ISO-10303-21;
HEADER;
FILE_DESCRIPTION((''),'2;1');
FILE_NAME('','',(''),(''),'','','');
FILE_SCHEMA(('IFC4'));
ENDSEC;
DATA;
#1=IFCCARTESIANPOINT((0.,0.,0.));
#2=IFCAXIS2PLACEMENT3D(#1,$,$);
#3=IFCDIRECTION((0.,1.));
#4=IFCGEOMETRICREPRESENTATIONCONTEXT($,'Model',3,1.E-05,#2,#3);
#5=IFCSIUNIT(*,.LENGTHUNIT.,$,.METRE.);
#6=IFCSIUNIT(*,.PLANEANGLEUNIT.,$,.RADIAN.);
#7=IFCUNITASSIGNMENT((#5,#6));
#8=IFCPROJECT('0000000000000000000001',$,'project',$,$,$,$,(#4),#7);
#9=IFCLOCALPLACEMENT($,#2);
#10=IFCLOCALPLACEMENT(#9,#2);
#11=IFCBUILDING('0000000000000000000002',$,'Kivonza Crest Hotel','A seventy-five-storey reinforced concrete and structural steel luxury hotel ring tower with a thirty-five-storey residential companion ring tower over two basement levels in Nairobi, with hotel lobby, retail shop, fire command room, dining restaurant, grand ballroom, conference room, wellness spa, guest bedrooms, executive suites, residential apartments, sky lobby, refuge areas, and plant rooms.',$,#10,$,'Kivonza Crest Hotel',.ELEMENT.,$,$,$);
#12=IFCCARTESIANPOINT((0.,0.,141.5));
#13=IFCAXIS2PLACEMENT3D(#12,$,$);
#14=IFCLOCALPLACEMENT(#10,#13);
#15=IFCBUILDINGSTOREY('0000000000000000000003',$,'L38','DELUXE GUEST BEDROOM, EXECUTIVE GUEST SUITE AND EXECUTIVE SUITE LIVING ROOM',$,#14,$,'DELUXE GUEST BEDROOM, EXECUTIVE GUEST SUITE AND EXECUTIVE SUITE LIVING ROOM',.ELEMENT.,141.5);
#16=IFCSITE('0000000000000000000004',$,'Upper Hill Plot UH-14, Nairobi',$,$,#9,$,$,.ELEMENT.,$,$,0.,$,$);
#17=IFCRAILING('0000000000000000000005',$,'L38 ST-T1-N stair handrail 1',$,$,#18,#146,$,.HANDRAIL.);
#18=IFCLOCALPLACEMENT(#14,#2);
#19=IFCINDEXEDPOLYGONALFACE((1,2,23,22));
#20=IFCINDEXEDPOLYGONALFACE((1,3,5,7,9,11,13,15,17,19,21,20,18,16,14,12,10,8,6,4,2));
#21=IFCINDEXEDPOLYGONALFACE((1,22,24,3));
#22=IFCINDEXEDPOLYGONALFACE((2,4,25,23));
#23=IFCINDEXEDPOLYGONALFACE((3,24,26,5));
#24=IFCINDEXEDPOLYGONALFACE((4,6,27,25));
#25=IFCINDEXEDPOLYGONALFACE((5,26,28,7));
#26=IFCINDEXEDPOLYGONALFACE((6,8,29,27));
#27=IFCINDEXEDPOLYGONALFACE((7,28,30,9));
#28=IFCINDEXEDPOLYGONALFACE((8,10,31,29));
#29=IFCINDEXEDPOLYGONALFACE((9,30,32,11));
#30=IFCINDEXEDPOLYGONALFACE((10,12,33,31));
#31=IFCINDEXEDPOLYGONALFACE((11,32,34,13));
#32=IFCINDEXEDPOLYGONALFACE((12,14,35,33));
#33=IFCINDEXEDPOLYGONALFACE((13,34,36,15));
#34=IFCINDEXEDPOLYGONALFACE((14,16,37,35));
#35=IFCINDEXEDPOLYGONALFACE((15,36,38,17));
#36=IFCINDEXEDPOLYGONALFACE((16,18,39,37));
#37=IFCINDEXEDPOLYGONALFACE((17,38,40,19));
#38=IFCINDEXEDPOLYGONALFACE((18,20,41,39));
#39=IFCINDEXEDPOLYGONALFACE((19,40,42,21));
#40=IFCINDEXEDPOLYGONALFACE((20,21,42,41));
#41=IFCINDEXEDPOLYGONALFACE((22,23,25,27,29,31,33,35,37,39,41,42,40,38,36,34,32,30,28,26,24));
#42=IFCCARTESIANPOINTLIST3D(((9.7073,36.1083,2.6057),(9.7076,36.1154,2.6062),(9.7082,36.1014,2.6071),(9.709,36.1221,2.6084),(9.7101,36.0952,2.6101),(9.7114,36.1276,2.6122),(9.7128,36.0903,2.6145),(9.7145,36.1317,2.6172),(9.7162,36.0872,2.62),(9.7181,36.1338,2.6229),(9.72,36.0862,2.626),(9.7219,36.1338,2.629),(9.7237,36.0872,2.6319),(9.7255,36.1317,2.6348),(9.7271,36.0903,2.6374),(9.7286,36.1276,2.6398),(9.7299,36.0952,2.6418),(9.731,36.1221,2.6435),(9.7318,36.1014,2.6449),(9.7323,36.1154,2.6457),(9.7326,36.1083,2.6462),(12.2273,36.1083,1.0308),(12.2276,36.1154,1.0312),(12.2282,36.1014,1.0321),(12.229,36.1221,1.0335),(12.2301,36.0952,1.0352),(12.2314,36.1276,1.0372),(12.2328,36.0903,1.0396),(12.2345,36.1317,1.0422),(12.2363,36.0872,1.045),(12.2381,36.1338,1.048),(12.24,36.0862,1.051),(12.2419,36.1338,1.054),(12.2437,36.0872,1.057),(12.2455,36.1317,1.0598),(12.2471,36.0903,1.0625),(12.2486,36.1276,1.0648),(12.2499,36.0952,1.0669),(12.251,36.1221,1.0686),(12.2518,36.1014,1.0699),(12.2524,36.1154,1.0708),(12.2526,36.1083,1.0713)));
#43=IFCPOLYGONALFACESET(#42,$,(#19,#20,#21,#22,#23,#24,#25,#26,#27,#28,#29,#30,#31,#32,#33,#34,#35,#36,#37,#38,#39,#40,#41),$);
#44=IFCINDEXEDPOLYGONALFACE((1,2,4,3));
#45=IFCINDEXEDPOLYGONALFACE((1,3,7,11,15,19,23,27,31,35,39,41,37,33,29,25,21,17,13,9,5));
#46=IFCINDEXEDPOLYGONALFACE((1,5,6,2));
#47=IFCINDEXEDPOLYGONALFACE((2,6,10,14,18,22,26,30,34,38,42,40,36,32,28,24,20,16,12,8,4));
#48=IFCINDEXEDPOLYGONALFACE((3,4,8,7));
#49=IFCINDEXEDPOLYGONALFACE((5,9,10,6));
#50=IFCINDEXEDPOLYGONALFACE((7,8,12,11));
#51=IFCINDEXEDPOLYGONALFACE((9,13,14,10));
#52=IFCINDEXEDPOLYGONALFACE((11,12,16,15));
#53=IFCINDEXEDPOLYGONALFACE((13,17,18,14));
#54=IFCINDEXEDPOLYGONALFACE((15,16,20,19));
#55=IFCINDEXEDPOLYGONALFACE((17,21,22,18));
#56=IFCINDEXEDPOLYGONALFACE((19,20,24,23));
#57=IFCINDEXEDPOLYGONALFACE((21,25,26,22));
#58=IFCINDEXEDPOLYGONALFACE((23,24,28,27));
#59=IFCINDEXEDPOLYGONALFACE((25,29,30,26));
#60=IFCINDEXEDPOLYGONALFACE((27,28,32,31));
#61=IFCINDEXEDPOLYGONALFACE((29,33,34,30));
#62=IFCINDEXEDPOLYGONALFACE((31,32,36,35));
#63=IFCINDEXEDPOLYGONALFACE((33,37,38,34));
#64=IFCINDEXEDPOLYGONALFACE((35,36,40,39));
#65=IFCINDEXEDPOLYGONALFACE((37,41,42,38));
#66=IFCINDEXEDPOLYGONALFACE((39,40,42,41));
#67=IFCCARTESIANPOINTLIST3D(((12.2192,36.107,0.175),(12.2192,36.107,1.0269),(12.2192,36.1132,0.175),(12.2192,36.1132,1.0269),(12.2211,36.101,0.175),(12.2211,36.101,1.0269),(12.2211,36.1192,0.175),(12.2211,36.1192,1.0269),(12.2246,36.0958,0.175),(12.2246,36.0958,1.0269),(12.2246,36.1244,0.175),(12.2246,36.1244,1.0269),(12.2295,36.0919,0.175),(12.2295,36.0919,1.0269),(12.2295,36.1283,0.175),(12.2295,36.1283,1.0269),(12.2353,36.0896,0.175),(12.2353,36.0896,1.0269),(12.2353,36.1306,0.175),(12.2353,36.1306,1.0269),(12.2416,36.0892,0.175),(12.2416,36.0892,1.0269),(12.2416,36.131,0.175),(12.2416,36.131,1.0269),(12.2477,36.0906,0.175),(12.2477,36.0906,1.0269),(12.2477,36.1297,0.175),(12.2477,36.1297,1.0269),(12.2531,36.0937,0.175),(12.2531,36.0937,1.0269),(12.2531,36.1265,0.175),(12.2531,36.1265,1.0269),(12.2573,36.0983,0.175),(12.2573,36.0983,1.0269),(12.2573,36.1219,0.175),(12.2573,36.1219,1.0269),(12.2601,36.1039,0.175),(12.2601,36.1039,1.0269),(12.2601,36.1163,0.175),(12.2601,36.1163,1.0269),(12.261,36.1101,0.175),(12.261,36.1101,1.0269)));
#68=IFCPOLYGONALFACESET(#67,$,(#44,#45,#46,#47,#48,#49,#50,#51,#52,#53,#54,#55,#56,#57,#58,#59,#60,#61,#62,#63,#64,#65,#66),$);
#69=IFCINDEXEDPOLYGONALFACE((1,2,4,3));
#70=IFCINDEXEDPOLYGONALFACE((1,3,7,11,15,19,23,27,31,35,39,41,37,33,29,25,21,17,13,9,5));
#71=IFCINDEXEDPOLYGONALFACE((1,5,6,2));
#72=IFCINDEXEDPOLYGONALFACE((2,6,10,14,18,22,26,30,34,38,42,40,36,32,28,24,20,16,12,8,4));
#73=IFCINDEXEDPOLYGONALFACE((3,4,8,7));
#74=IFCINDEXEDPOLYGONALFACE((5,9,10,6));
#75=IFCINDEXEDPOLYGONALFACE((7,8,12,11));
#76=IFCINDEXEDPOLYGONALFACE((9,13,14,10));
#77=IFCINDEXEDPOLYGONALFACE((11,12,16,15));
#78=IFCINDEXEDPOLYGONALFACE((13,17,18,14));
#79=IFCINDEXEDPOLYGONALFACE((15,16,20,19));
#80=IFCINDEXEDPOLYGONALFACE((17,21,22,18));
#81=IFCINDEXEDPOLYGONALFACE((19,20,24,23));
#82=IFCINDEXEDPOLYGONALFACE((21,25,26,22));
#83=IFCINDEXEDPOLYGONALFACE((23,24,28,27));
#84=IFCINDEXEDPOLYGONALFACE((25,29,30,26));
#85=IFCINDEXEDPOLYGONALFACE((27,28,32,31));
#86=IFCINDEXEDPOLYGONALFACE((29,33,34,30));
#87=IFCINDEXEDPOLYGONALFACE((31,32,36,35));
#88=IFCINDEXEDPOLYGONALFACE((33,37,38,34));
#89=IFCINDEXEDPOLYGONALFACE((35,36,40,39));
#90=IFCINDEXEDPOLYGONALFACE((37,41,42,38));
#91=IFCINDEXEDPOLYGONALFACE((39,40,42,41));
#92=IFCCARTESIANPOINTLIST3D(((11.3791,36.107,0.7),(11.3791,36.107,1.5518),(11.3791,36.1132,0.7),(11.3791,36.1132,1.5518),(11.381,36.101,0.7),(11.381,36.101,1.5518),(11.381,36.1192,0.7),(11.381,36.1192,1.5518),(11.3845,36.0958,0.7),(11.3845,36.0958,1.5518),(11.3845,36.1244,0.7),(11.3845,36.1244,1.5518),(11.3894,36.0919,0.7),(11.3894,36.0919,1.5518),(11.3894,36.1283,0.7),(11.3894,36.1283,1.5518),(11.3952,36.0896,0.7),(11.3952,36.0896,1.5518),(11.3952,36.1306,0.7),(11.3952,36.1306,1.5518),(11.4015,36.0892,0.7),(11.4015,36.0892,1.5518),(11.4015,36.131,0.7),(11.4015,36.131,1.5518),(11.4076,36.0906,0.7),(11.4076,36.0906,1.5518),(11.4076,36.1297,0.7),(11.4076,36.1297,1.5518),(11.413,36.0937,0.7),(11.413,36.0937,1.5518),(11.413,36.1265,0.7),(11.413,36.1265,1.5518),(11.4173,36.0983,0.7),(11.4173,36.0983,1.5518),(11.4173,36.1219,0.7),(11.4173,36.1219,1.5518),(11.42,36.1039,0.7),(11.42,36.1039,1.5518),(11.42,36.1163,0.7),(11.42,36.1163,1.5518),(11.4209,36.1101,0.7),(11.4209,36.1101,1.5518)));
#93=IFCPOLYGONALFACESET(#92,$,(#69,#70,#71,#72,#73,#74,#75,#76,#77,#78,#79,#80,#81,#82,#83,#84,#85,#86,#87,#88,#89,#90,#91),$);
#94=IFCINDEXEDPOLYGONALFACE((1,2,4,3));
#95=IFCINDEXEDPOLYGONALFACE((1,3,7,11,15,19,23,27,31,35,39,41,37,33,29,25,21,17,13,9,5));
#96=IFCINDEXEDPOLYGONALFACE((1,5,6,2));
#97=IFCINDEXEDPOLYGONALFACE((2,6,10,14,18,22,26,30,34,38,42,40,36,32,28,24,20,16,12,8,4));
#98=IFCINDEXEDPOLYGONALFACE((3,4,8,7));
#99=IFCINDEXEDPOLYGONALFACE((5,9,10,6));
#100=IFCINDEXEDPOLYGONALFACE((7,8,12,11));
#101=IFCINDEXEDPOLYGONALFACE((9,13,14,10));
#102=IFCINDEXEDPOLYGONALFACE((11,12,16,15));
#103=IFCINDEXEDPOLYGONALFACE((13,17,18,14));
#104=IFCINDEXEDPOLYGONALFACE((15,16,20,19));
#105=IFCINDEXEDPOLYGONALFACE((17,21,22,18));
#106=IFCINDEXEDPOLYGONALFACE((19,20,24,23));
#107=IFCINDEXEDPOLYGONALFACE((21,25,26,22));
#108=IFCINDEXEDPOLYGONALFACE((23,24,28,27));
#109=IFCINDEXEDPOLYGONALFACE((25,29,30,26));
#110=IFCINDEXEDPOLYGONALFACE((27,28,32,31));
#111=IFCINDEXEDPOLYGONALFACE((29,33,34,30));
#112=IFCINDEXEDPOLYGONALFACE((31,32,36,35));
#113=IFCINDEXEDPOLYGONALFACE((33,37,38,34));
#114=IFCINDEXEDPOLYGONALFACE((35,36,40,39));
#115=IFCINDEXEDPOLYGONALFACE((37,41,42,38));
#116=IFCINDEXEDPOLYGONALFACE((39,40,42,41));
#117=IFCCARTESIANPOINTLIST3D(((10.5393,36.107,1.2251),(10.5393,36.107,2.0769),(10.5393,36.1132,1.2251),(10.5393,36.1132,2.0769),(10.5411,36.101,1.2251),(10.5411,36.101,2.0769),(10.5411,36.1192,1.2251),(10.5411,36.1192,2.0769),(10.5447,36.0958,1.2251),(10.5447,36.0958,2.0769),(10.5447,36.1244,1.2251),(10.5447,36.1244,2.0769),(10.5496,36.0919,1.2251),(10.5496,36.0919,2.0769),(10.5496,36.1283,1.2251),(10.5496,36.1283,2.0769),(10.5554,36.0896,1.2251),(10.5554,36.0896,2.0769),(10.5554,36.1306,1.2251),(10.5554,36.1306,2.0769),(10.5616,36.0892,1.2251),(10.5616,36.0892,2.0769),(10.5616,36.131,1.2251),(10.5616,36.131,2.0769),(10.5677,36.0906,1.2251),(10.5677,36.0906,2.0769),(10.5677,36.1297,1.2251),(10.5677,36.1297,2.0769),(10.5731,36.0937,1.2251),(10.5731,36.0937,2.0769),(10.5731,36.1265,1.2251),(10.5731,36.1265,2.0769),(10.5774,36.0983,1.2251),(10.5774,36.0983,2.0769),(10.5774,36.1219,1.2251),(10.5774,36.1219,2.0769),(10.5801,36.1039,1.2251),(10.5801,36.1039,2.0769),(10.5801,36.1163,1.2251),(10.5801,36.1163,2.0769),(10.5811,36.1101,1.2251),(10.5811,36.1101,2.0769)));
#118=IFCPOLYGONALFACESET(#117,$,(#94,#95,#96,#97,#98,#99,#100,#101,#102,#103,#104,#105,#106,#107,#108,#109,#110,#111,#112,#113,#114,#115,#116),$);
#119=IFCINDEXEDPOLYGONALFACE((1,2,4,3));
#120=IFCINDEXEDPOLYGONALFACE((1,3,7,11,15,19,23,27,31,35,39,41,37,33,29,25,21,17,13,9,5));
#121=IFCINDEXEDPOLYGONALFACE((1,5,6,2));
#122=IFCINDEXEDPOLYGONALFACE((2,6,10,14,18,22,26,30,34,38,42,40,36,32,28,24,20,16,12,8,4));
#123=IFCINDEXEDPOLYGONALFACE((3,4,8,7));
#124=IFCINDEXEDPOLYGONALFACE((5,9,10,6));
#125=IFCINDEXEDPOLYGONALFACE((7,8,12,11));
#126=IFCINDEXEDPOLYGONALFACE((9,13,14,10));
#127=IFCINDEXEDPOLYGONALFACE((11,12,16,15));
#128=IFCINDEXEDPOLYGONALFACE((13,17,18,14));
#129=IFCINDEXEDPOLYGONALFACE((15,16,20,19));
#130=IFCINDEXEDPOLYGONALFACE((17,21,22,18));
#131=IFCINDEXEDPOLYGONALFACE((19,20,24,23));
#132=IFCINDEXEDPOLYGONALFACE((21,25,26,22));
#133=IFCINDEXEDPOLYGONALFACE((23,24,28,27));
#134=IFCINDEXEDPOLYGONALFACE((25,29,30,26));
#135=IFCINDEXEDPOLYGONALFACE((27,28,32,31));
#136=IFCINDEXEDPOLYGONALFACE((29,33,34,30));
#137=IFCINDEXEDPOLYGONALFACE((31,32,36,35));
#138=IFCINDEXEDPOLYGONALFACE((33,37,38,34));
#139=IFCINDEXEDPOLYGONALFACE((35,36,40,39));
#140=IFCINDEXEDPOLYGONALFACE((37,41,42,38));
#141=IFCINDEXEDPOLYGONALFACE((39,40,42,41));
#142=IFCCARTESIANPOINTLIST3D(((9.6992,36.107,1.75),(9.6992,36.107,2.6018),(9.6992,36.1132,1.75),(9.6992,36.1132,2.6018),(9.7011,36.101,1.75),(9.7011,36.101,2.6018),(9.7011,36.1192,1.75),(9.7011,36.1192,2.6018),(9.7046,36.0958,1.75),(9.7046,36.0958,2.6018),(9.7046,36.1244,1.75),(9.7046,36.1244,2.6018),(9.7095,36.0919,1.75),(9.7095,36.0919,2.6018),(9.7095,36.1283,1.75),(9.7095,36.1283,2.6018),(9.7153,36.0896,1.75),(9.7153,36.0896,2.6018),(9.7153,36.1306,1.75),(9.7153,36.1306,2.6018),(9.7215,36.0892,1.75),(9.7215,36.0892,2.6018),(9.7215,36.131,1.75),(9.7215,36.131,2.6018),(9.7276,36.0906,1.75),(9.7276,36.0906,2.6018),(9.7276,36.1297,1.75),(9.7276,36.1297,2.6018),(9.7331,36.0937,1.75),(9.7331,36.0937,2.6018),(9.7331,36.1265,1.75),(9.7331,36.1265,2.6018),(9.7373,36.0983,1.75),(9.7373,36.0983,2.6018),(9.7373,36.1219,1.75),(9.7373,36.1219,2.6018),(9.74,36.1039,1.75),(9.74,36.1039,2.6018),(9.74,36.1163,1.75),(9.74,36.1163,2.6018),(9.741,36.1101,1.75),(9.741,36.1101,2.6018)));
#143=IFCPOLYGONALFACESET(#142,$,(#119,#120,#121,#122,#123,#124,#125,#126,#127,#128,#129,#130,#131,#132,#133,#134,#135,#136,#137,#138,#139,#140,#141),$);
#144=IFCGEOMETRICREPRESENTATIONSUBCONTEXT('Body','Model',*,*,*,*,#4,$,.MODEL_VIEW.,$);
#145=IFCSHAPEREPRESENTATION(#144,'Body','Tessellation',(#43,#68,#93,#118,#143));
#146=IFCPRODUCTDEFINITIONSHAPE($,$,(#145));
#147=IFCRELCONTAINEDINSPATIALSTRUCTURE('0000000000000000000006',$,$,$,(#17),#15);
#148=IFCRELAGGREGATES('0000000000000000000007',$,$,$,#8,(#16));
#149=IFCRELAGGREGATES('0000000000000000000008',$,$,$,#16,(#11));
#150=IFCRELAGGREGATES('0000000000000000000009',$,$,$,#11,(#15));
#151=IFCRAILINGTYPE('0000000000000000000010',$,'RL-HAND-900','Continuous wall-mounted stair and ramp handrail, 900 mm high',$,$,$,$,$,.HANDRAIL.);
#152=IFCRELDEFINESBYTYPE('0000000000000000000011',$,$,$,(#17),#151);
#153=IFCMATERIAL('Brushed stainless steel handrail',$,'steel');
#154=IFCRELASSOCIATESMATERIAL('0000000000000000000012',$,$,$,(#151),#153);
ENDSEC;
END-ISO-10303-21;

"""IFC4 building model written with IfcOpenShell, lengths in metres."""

from ifc_helpers import new_model, si_unit, direction, frame, origin, origin_2d, place, context, subcontext, project, spatial, circle, extrude, material, type_object, element, save


model = new_model("IFC4")

# Units and contexts
model_context = context("Model", 3, precision=1e-05, world=origin(), true_north=direction((0.0, 1.0)))
body_context = subcontext(model_context, "Body", "Model", "MODEL_VIEW")
ifc_project = project(units=[si_unit("LENGTHUNIT", "METRE"), si_unit("PLANEANGLEUNIT", "RADIAN")], contexts=[model_context])

# Site, building, storey
site_placement = place(None, origin())
site = spatial("IfcSite", under=ifc_project, at=site_placement, Name="Upper Hill Plot UH-14, Nairobi", CompositionType="ELEMENT", RefElevation=0.0)
building_placement = place(site_placement, origin())
building = spatial("IfcBuilding", under=site, at=building_placement, Name="Kivonza Crest Hotel", Description="A seventy-five-storey reinforced concrete and structural steel luxury hotel ring tower with a thirty-five-storey residential companion ring tower over two basement levels in Nairobi, with hotel lobby, retail shop, fire command room, dining restaurant, grand ballroom, conference room, wellness spa, guest bedrooms, executive suites, residential apartments, sky lobby, refuge areas, and plant rooms.", LongName="Kivonza Crest Hotel", CompositionType="ELEMENT")
storey_placement = place(building_placement, frame((0.0, 0.0, 141.5)))
storey = spatial("IfcBuildingStorey", under=building, at=storey_placement, Name="L38", Description="DELUXE GUEST BEDROOM, EXECUTIVE GUEST SUITE AND EXECUTIVE SUITE LIVING ROOM", LongName="DELUXE GUEST BEDROOM, EXECUTIVE GUEST SUITE AND EXECUTIVE SUITE LIVING ROOM", CompositionType="ELEMENT", Elevation=141.5)

# Railing
ifc_material_1 = material(Name="Brushed stainless steel handrail", Category="steel")
railing_type_1 = type_object("IfcRailingType", Name="RL-HAND-900", Description="Continuous wall-mounted stair and ramp handrail, 900 mm high", PredefinedType="HANDRAIL", material=ifc_material_1)
railing_1_placement = place(storey_placement, frame((12.24, 36.1101, 0.175)))
element("IfcRailing", 1, at=railing_1_placement, inside=storey, type_object=railing_type_1, Name="L38 ST-T1-N stair handrail 1", PredefinedType="HANDRAIL", context=body_context, shape_type="SweptSolid", body=[
    extrude(circle(Radius=0.0239, at=origin_2d()), frame((0.0, 0.0, 0.876), z_axis=(-0.848008, 0.0, 0.529984), x_axis=(0.0, -1.0, 0.0)), (0.0, 0.0, 1.0), 2.9717),
    extrude(circle(Radius=0.021, at=origin_2d()), origin(), (0.0, 0.0, 1.0), 0.8518),
    extrude(circle(Radius=0.021, at=origin_2d()), frame((-0.8401, 0.0, 0.5249)), (0.0, 0.0, 1.0), 0.8518),
    extrude(circle(Radius=0.021, at=origin_2d()), frame((-1.6799, 0.0, 1.05)), (0.0, 0.0, 1.0), 0.8518),
    extrude(circle(Radius=0.021, at=origin_2d()), frame((-2.52, 0.0, 1.575)), (0.0, 0.0, 1.0), 0.8518),
])

save(model, "model.ifc")
